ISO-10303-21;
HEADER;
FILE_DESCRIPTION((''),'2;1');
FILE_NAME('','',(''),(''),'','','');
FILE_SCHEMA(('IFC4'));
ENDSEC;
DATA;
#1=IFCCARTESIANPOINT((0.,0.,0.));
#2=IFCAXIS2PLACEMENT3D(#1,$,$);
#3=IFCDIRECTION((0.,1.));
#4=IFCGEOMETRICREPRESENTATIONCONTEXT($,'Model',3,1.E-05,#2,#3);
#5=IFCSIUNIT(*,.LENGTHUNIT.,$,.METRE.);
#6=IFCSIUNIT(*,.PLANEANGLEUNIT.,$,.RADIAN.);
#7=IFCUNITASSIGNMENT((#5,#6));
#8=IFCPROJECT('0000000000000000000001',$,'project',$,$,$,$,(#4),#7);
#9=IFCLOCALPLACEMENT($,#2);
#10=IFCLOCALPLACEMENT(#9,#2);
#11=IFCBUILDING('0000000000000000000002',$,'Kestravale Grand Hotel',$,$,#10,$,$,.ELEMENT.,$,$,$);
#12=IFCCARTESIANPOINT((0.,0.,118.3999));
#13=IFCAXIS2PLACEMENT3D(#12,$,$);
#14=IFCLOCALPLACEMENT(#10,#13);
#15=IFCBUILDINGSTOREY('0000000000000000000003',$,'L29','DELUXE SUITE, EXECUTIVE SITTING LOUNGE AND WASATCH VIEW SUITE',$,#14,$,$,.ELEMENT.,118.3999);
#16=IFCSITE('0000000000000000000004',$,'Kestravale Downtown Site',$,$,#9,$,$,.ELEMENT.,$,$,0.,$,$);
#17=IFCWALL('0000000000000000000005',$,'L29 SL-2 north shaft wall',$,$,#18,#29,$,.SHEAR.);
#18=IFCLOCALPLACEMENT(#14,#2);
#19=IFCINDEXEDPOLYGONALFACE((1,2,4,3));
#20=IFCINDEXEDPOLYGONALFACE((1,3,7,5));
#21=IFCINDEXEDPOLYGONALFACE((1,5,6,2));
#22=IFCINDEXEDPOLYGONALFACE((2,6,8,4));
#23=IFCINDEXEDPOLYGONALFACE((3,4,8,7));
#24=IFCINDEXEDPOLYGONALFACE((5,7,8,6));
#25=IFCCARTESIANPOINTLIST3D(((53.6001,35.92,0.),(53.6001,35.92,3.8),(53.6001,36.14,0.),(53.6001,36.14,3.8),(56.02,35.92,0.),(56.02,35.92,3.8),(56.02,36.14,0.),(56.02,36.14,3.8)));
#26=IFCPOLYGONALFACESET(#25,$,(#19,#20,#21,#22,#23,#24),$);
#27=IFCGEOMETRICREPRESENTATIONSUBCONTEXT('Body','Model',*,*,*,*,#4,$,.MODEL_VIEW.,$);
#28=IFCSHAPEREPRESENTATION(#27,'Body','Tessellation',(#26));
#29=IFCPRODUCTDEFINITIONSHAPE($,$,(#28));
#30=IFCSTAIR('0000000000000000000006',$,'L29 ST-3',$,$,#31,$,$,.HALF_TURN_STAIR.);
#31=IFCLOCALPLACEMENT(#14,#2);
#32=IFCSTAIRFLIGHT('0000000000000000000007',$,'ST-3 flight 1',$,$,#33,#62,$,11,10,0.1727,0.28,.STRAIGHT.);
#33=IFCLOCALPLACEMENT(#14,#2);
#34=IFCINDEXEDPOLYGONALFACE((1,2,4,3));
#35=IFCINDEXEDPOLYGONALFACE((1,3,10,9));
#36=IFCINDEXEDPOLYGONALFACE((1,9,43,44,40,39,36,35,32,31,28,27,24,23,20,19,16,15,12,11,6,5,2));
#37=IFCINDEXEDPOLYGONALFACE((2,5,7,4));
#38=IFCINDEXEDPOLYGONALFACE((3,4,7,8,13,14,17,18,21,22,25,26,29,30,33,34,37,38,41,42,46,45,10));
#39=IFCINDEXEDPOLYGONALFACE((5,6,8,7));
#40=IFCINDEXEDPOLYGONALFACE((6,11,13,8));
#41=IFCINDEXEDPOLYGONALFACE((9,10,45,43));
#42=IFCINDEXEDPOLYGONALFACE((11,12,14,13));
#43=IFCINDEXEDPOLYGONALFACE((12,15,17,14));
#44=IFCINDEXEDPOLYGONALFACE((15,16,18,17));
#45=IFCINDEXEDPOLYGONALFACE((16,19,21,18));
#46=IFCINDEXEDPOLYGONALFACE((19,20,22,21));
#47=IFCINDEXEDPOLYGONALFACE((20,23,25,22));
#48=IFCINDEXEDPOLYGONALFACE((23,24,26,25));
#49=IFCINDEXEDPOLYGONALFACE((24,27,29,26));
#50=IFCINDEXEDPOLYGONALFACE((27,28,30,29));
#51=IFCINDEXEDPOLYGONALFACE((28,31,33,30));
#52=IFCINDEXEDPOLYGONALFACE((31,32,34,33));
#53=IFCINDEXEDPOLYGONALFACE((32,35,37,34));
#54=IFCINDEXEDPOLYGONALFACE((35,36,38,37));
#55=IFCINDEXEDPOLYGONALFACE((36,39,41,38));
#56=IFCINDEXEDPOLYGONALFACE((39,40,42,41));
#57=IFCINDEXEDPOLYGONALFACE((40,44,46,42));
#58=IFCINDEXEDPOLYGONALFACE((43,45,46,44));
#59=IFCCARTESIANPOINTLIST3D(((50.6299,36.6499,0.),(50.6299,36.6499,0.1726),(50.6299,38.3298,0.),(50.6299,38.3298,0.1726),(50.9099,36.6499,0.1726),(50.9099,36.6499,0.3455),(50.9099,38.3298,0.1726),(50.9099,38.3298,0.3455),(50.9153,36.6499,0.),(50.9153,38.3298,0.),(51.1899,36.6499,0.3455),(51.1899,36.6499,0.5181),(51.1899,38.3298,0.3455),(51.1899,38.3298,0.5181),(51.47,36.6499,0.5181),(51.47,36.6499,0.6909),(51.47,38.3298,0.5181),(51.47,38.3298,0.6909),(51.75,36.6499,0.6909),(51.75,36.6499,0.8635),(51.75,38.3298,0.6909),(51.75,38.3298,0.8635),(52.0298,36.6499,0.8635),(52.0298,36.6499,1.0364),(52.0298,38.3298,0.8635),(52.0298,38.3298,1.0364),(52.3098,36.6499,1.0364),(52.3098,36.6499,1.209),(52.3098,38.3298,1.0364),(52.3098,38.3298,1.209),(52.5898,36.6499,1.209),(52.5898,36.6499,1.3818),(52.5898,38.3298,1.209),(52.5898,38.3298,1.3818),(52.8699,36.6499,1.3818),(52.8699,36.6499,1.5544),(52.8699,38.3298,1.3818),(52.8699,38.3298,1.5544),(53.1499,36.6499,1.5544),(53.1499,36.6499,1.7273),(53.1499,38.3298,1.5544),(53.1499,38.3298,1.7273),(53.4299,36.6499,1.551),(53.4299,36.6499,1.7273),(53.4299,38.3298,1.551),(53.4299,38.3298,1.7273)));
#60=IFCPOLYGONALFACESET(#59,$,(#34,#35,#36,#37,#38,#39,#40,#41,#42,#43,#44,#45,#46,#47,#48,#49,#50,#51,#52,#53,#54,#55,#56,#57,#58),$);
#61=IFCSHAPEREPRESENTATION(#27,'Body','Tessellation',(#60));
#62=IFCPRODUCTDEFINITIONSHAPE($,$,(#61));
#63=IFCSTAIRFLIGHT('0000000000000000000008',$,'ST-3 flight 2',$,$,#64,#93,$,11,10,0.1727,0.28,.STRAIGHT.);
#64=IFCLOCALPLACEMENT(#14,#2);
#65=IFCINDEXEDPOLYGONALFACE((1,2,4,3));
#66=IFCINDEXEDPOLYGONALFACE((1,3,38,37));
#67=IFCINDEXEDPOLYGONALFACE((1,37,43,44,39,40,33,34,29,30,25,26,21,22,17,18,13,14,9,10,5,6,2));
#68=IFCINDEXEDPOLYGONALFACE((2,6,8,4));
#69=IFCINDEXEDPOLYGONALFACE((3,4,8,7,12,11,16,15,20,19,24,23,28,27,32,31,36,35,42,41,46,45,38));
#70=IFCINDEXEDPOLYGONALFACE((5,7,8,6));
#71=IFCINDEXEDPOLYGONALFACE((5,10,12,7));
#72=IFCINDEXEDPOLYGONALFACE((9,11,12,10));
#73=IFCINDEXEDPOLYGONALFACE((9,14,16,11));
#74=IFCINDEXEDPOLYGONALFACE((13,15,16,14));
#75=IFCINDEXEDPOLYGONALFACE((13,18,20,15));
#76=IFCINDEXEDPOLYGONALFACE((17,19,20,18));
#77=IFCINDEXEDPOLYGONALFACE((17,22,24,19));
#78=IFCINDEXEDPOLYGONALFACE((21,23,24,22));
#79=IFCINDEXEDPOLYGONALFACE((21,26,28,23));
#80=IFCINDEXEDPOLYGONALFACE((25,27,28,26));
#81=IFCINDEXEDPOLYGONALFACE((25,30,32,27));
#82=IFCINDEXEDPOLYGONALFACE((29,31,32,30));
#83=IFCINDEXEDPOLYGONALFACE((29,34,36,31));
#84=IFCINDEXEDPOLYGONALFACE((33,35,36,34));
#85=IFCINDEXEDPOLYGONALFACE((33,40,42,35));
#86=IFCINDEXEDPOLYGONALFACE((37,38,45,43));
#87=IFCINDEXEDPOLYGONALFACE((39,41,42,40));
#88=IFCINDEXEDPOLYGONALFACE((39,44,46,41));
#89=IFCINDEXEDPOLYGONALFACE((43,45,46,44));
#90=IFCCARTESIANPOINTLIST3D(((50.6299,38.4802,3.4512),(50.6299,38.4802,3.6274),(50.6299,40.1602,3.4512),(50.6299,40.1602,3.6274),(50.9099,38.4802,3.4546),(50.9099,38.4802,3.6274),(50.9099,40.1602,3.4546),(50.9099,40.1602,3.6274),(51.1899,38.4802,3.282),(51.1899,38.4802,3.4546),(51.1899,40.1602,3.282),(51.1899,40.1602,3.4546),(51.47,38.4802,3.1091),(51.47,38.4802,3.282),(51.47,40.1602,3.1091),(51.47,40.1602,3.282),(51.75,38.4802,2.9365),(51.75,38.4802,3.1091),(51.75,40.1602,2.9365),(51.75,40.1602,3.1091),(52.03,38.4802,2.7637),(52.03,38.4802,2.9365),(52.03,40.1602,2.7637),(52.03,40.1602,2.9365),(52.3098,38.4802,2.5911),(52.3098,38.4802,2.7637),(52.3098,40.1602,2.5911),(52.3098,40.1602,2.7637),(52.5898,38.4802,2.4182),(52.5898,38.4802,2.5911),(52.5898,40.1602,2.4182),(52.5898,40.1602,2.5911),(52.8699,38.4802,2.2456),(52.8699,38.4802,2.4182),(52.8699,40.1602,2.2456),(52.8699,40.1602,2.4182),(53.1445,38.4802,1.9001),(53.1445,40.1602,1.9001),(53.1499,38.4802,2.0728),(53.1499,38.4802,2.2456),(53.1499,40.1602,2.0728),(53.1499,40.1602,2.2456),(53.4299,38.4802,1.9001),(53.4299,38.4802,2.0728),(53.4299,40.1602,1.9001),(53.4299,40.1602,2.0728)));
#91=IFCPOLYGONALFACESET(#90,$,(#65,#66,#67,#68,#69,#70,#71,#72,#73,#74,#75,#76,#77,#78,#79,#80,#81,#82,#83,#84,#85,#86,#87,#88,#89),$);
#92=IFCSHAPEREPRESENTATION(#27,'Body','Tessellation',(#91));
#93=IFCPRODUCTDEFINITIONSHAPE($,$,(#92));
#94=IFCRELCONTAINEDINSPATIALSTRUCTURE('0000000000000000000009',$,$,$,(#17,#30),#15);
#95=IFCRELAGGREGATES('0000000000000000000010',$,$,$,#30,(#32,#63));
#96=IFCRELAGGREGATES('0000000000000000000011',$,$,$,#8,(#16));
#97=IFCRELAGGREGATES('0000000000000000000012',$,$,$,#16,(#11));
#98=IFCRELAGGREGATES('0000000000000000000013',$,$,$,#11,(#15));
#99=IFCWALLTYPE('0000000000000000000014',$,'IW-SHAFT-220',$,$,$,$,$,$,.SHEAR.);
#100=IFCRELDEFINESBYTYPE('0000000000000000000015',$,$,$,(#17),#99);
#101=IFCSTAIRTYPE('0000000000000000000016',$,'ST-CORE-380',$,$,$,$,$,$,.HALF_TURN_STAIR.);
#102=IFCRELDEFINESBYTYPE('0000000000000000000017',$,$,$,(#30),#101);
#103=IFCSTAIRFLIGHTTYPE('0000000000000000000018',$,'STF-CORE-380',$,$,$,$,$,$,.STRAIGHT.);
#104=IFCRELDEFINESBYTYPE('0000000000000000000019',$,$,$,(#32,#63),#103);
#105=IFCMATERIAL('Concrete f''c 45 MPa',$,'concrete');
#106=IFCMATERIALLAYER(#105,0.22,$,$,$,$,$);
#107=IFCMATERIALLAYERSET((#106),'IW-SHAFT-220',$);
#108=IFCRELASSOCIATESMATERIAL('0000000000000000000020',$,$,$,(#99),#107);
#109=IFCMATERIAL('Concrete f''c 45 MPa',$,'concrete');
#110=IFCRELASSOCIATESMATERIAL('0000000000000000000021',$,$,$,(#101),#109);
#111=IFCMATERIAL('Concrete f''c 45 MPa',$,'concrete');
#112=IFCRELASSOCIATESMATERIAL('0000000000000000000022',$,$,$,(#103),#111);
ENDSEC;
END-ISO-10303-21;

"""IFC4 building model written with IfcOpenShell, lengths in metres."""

from ifc_helpers import new_model, si_unit, direction, frame, frame_2d, origin, place, context, subcontext, project, spatial, polyline, rectangle, outline, extrude, material, layer, layer_set, type_object, element, aggregate, save


model = new_model("IFC4")

# Units and contexts
model_context = context("Model", 3, precision=1e-05, world=origin(), true_north=direction((0.0, 1.0)))
body_context = subcontext(model_context, "Body", "Model", "MODEL_VIEW")
ifc_project = project(units=[si_unit("LENGTHUNIT", "METRE"), si_unit("PLANEANGLEUNIT", "RADIAN")], contexts=[model_context])

# Site, building, storey
site_placement = place(None, origin())
site = spatial("IfcSite", under=ifc_project, at=site_placement, Name="Kestravale Downtown Site", CompositionType="ELEMENT", RefElevation=0.0)
building_placement = place(site_placement, origin())
building = spatial("IfcBuilding", under=site, at=building_placement, Name="Kestravale Grand Hotel", CompositionType="ELEMENT")
storey_placement = place(building_placement, frame((0.0, 0.0, 118.3999)))
storey = spatial("IfcBuildingStorey", under=building, at=storey_placement, Name="L29", Description="DELUXE SUITE, EXECUTIVE SITTING LOUNGE AND WASATCH VIEW SUITE", CompositionType="ELEMENT", Elevation=118.3999)

# Shared definitions
ifc_material_1 = material(Name="Concrete f'c 45 MPa", Category="concrete")
ifc_layer_1 = layer(ifc_material_1, 0.22)
ifc_layer_set_1 = layer_set([ifc_layer_1], Name="IW-SHAFT-220")
wall_type_1 = type_object("IfcWallType", Name="IW-SHAFT-220", PredefinedType="SHEAR", material=ifc_layer_set_1)

# Wall
wall_1_placement = place(storey_placement, frame((53.6001, 36.03, 0.0), z_axis=(0.0, 0.0, 1.0), x_axis=(1.0, 0.0, 0.0)))
element("IfcWall", 1, at=wall_1_placement, inside=storey, type_object=wall_type_1, Name="L29 SL-2 north shaft wall", PredefinedType="SHEAR", context=body_context, shape_type="SweptSolid", body=[
    extrude(rectangle(XDim=2.4199, YDim=0.22, at=frame_2d((1.21, 0.0))), origin(), (0.0, 0.0, 1.0), 3.8),
])

# Stair, stair flights
ifc_material_2 = material(Name="Concrete f'c 45 MPa", Category="concrete")
stair_type = type_object("IfcStairType", Name="ST-CORE-380", PredefinedType="HALF_TURN_STAIR", material=ifc_material_2)
stair_placement = place(storey_placement, origin())
stair = element("IfcStair", 2, at=stair_placement, inside=storey, type_object=stair_type, Name="L29 ST-3", PredefinedType="HALF_TURN_STAIR")
ifc_material_3 = material(Name="Concrete f'c 45 MPa", Category="concrete")
stair_flight_type = type_object("IfcStairFlightType", Name="STF-CORE-380", PredefinedType="STRAIGHT", material=ifc_material_3)
stair_flight_1_placement = place(storey_placement, frame((50.6299, 37.49, 0.0), z_axis=(0.0, 0.0, 1.0), x_axis=(1.0, 0.0, 0.0)))
stair_flight_1 = element("IfcStairFlight", 3, at=stair_flight_1_placement, type_object=stair_flight_type, Name="ST-3 flight 1", NumberOfRisers=11, NumberOfTreads=10, PredefinedType="STRAIGHT", RiserHeight=0.1727, TreadLength=0.28, context=body_context, shape_type="SweptSolid", body=[
    extrude(outline(polyline([(0.0, 0.0), (0.0, 0.1726), (0.28, 0.1726), (0.28, 0.3455), (0.5601, 0.3455), (0.5601, 0.5181), (0.8401, 0.5181), (0.8401, 0.6909), (1.1201, 0.6909), (1.1201, 0.8635), (1.3999, 0.8635), (1.3999, 1.0364), (1.6799, 1.0364), (1.6799, 1.209), (1.96, 1.209), (1.96, 1.3818), (2.24, 1.3818), (2.24, 1.5544), (2.52, 1.5544), (2.52, 1.7273), (2.8, 1.7273), (2.8, 1.8999), (2.8, 1.551), (0.2854, 0.0), (0.0, 0.0)])), frame((0.0, 0.8398, 0.0), z_axis=(0.0, -1.0, 0.0), x_axis=(1.0, 0.0, 0.0)), (0.0, 0.0, 1.0), 1.6799),
])
stair_flight_2_placement = place(storey_placement, frame((53.4299, 39.3201, 1.9001), z_axis=(0.0, 0.0, 1.0), x_axis=(-1.0, 0.0, 0.0)))
stair_flight_2 = element("IfcStairFlight", 4, at=stair_flight_2_placement, type_object=stair_flight_type, Name="ST-3 flight 2", NumberOfRisers=11, NumberOfTreads=10, PredefinedType="STRAIGHT", RiserHeight=0.1727, TreadLength=0.28, context=body_context, shape_type="SweptSolid", body=[
    extrude(outline(polyline([(0.0, 0.0), (0.0, 0.1726), (0.28, 0.1726), (0.28, 0.3455), (0.5601, 0.3455), (0.5601, 0.5181), (0.8401, 0.5181), (0.8401, 0.6909), (1.1201, 0.6909), (1.1201, 0.8635), (1.3999, 0.8635), (1.3999, 1.0364), (1.6799, 1.0364), (1.6799, 1.209), (1.96, 1.209), (1.96, 1.3818), (2.24, 1.3818), (2.24, 1.5544), (2.52, 1.5544), (2.52, 1.7273), (2.8, 1.7273), (2.8, 1.8999), (2.8, 1.551), (0.2854, 0.0), (0.0, 0.0)])), frame((0.0, 0.8398, 0.0), z_axis=(0.0, -1.0, 0.0), x_axis=(1.0, 0.0, 0.0)), (0.0, 0.0, 1.0), 1.6799),
])
aggregate(stair, [stair_flight_1, stair_flight_2])

save(model, "model.ifc")
